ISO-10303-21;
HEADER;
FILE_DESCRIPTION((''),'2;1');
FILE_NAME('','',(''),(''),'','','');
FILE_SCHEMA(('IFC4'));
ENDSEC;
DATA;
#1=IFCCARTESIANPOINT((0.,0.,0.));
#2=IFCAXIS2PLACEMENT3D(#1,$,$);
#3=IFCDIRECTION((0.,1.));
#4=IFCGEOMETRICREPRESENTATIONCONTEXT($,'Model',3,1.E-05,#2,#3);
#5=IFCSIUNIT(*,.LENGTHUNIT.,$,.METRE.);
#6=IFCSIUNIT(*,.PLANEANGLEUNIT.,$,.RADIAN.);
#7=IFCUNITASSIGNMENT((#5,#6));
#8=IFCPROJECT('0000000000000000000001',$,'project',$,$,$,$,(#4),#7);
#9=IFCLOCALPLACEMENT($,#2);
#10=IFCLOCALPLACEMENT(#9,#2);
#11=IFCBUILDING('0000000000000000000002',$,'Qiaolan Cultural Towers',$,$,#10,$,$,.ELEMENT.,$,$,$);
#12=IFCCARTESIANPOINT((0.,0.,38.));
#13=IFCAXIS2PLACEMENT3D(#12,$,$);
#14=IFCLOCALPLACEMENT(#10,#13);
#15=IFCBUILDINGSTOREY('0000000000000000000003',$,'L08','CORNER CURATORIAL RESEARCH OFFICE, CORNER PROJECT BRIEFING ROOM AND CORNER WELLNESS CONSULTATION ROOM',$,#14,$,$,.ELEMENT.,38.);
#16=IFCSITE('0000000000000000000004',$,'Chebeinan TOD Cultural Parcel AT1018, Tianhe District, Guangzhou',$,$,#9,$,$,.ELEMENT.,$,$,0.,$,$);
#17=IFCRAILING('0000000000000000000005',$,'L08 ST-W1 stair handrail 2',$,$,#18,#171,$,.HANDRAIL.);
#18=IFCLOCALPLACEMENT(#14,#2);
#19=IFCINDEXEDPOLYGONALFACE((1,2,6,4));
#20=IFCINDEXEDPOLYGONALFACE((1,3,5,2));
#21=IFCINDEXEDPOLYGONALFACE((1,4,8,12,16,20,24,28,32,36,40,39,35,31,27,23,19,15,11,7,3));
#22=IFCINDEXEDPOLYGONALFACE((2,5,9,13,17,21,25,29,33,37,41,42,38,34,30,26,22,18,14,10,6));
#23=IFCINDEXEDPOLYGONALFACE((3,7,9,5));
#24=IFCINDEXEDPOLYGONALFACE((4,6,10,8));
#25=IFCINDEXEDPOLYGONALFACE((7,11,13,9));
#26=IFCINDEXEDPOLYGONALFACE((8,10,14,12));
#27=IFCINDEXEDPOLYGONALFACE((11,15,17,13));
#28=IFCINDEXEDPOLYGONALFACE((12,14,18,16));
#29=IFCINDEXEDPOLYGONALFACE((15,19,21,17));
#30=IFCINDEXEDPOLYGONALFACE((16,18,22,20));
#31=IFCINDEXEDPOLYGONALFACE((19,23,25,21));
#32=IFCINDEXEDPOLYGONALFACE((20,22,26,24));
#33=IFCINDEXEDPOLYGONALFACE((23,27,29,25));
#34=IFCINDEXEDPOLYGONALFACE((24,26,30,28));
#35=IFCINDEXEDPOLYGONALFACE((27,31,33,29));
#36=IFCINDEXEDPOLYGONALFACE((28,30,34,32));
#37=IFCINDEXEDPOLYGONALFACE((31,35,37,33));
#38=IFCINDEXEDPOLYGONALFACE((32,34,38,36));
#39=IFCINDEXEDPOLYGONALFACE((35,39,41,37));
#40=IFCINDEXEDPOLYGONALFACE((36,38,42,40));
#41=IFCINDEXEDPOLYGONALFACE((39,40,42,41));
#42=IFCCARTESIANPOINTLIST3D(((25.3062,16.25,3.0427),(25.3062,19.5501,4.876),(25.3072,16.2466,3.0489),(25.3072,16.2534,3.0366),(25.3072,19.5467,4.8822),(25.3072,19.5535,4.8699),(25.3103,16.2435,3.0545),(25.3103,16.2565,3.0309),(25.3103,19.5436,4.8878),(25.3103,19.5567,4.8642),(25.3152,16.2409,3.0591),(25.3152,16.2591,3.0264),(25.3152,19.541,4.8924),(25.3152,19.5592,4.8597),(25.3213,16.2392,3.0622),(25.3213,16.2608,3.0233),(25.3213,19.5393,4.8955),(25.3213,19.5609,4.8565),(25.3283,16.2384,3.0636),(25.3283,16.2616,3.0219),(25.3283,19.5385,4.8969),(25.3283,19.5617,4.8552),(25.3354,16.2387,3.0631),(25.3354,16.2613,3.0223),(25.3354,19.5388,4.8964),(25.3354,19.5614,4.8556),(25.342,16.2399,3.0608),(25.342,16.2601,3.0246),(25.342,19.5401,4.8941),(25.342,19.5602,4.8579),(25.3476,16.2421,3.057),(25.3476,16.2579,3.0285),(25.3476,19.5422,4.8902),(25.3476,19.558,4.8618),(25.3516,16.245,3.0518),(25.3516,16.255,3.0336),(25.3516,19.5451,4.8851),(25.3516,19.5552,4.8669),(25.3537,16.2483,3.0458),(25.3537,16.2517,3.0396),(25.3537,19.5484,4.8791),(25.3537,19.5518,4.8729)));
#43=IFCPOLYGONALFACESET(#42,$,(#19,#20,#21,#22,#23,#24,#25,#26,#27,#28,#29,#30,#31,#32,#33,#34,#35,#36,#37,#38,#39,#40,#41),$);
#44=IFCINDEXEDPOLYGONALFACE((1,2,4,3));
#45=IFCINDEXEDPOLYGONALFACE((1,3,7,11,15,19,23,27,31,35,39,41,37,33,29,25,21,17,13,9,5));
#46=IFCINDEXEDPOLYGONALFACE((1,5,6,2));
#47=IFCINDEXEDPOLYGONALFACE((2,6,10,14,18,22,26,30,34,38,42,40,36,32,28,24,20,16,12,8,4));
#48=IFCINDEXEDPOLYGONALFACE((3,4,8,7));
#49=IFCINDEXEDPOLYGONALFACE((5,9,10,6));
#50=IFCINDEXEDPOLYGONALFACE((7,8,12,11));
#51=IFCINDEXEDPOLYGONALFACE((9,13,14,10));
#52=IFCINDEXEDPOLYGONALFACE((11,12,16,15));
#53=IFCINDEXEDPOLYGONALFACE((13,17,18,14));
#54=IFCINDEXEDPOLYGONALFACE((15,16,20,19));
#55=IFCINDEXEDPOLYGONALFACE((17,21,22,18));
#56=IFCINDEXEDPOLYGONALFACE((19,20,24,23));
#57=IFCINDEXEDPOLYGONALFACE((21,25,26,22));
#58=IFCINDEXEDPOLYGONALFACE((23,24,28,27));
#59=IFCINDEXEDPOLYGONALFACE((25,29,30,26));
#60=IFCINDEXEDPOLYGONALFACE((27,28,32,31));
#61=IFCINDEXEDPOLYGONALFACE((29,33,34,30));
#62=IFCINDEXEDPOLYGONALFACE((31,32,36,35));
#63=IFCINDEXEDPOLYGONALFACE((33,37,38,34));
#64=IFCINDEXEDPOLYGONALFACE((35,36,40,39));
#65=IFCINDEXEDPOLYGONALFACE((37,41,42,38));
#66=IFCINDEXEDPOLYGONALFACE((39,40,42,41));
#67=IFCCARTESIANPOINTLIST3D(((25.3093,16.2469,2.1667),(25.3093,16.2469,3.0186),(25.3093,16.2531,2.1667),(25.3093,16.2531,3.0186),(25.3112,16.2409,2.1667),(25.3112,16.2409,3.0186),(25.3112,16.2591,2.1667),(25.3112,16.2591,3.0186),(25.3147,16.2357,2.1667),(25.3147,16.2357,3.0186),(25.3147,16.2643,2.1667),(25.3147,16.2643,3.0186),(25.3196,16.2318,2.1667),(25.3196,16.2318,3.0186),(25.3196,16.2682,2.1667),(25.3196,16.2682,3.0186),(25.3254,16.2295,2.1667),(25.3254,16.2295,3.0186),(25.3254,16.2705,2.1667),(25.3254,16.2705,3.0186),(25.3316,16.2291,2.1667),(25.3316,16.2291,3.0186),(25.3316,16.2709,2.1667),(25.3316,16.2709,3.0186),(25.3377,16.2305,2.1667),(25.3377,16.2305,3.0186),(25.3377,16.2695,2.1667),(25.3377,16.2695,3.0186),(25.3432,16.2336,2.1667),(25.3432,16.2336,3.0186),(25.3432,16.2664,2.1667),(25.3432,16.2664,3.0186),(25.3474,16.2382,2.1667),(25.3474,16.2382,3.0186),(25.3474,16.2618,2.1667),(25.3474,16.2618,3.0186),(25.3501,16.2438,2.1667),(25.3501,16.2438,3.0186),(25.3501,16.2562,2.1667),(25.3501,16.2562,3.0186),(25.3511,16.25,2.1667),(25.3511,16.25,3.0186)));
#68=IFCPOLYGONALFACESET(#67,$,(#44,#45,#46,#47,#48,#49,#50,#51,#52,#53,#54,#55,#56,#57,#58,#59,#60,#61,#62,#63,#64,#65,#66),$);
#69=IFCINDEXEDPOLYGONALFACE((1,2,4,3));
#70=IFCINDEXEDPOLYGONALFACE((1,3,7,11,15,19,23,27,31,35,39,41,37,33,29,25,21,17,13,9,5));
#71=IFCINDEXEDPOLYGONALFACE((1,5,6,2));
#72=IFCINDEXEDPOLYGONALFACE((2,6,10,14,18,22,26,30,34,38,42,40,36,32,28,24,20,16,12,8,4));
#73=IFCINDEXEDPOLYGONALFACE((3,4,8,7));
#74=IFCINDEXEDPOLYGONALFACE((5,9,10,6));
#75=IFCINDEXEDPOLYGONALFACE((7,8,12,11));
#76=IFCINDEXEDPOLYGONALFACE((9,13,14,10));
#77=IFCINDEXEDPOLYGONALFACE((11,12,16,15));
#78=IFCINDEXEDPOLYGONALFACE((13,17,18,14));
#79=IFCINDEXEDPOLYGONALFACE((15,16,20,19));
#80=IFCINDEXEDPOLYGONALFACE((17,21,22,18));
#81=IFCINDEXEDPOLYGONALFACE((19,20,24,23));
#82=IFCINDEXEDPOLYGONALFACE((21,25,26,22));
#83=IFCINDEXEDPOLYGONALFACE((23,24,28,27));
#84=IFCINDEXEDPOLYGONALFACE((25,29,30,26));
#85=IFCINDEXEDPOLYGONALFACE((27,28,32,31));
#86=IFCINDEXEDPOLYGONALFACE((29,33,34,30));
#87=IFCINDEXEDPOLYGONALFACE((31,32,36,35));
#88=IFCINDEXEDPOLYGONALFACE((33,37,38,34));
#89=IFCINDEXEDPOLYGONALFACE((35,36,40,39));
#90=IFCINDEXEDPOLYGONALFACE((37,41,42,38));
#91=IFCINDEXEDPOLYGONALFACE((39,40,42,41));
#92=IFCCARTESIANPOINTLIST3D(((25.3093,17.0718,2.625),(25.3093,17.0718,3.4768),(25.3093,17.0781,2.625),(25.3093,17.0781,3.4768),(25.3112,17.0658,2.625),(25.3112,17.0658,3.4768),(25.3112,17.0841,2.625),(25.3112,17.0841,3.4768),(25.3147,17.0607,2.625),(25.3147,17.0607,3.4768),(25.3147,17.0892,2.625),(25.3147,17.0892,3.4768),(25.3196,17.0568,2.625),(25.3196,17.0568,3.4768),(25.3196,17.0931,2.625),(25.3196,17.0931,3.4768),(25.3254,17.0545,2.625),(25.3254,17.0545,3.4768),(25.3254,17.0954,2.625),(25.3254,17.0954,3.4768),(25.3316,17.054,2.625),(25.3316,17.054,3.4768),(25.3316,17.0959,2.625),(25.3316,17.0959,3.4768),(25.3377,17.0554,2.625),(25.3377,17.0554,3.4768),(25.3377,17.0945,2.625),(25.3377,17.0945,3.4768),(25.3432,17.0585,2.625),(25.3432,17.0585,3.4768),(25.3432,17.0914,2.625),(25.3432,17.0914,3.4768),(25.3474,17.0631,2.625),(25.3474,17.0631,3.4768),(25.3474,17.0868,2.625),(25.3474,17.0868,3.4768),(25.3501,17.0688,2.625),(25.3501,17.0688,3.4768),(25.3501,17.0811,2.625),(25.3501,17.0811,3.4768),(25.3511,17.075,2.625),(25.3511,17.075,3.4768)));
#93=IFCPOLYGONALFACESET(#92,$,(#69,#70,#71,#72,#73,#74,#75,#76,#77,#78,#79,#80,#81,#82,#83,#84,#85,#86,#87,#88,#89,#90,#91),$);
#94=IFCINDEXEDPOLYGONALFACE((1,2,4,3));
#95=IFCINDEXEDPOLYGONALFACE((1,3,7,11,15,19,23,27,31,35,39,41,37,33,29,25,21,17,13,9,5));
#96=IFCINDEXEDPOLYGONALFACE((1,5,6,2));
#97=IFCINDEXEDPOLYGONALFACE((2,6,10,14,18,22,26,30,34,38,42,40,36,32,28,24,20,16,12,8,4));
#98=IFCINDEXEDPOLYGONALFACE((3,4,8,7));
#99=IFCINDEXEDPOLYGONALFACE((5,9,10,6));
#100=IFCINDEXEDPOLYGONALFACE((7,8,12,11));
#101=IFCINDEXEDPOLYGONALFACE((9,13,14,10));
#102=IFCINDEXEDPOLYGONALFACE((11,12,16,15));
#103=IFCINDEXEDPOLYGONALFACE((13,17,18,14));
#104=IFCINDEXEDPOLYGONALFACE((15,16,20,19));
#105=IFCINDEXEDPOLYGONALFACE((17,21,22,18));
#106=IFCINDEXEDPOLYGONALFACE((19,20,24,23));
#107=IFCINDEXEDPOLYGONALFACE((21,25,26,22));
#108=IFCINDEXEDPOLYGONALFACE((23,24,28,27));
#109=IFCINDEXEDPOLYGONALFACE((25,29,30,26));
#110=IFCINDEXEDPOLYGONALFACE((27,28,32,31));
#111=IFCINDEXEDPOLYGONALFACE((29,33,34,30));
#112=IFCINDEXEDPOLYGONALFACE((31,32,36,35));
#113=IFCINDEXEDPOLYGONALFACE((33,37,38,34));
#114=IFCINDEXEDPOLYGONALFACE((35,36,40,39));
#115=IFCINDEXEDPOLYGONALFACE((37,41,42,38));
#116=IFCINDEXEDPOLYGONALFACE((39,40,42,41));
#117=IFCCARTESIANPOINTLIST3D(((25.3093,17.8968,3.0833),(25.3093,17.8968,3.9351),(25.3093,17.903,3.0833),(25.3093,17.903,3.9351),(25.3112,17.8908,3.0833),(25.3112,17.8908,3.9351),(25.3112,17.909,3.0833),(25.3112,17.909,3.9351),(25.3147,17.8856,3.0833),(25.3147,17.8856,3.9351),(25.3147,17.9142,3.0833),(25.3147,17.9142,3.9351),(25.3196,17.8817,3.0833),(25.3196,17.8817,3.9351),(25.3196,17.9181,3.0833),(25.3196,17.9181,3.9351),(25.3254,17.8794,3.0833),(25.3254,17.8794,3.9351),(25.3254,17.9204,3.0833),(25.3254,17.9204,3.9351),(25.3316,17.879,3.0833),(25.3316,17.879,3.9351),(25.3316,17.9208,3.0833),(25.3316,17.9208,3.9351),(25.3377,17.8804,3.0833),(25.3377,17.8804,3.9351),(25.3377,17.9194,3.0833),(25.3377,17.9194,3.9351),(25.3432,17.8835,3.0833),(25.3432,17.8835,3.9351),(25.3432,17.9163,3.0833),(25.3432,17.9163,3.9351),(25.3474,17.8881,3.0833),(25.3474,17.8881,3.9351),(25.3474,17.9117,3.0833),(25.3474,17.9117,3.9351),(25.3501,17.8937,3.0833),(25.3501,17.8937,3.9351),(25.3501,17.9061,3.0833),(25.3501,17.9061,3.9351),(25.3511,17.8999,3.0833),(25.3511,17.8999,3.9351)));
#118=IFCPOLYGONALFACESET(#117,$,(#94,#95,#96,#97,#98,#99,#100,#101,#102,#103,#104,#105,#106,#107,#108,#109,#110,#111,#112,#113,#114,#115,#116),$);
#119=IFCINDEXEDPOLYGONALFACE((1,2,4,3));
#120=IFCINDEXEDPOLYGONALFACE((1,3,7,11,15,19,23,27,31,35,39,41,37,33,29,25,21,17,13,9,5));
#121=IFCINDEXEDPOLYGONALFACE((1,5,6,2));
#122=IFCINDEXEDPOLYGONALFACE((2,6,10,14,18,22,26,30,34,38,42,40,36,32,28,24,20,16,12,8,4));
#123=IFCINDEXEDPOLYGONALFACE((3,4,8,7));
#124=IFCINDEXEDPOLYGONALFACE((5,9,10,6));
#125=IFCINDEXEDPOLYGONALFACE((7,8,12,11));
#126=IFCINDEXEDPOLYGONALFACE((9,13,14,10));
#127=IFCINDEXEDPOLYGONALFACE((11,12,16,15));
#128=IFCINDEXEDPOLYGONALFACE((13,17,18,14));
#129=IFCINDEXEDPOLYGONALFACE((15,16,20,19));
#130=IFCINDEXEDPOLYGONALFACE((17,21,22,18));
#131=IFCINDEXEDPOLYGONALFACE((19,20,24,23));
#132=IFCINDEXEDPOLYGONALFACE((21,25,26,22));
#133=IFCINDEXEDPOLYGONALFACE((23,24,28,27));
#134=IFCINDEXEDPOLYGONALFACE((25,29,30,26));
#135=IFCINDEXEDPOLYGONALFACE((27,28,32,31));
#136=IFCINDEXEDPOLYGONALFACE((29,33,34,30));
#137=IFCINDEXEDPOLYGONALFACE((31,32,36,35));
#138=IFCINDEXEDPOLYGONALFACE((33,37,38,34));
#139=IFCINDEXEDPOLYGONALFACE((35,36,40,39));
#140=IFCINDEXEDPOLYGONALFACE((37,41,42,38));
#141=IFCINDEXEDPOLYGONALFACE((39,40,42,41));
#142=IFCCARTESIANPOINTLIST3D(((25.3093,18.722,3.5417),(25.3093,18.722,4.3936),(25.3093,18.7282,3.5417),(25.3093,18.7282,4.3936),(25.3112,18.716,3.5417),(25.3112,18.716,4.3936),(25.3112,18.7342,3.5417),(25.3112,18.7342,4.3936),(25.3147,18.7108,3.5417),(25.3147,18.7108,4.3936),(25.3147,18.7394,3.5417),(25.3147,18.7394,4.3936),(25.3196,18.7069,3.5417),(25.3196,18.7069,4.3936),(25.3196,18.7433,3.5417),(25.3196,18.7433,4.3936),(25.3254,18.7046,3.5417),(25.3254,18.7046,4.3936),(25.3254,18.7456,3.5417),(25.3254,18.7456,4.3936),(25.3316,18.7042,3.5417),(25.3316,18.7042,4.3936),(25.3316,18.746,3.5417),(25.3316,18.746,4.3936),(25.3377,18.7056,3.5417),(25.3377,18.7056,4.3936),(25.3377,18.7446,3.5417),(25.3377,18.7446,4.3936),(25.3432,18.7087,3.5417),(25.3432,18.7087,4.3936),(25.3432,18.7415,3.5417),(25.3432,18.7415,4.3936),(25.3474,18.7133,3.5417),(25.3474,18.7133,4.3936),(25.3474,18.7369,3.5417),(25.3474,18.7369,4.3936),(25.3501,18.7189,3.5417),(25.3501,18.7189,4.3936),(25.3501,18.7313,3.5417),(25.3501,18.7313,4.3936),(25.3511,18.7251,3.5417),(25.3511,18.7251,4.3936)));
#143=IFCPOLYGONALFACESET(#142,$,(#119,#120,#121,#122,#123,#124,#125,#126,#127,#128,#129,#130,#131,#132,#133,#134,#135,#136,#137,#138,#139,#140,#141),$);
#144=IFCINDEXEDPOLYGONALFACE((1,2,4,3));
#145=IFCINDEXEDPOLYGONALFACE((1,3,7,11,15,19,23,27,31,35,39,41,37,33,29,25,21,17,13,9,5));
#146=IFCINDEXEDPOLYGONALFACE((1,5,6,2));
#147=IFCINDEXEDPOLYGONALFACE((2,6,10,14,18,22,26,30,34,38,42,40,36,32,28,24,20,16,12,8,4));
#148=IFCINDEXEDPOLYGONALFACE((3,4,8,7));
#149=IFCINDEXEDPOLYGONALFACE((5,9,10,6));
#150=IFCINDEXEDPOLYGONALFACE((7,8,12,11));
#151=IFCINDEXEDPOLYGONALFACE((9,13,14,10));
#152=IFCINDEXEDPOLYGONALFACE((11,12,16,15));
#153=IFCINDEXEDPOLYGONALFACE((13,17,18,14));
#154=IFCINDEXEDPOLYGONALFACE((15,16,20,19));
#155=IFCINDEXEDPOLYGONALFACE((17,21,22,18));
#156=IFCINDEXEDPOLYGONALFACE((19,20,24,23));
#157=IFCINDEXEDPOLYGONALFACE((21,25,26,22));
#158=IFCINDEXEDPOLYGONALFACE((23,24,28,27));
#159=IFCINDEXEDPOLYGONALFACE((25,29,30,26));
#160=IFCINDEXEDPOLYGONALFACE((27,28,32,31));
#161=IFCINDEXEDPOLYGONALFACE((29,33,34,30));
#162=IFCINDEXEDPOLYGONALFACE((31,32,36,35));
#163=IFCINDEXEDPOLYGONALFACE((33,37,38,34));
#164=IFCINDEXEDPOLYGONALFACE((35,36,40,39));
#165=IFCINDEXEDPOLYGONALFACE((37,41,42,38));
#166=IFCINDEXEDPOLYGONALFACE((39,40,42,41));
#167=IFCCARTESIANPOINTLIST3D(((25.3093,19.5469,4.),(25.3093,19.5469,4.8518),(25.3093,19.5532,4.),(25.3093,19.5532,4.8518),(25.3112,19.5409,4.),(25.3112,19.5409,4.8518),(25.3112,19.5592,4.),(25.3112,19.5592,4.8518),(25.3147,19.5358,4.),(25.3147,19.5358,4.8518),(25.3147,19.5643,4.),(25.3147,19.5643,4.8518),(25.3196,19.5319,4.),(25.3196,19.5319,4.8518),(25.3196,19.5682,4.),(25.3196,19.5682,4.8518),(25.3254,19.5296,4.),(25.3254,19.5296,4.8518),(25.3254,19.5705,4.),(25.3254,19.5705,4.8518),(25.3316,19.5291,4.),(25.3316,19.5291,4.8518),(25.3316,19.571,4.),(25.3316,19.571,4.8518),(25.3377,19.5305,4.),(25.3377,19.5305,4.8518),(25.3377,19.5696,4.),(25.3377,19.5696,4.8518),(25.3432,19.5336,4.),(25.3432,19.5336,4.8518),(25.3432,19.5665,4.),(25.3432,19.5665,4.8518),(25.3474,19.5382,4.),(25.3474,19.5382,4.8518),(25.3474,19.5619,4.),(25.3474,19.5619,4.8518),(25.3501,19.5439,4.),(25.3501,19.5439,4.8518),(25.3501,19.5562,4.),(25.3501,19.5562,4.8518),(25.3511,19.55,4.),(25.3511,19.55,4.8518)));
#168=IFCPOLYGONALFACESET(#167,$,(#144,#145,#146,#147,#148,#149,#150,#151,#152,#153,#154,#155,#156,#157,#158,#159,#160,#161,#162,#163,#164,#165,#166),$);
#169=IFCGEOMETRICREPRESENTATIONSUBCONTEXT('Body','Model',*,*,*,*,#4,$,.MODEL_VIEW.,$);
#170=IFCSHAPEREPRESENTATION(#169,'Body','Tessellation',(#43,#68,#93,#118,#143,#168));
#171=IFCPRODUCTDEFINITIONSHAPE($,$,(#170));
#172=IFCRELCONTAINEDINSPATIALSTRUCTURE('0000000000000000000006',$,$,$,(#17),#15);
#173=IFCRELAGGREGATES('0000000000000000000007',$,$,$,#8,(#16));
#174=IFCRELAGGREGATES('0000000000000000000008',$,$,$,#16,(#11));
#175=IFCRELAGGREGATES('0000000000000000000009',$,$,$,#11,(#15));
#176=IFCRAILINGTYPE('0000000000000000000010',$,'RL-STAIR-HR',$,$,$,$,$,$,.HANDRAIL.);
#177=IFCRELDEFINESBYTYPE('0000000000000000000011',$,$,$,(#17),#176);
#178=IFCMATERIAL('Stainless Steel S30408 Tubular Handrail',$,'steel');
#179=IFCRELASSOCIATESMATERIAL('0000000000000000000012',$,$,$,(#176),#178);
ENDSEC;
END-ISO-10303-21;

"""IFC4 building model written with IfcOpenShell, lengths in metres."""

from ifc_helpers import new_model, si_unit, direction, frame, origin, origin_2d, place, context, subcontext, project, spatial, circle, extrude, material, type_object, element, save


model = new_model("IFC4")

# Units and contexts
model_context = context("Model", 3, precision=1e-05, world=origin(), true_north=direction((0.0, 1.0)))
body_context = subcontext(model_context, "Body", "Model", "MODEL_VIEW")
ifc_project = project(units=[si_unit("LENGTHUNIT", "METRE"), si_unit("PLANEANGLEUNIT", "RADIAN")], contexts=[model_context])

# Site, building, storey
site_placement = place(None, origin())
site = spatial("IfcSite", under=ifc_project, at=site_placement, Name="Chebeinan TOD Cultural Parcel AT1018, Tianhe District, Guangzhou", CompositionType="ELEMENT", RefElevation=0.0)
building_placement = place(site_placement, origin())
building = spatial("IfcBuilding", under=site, at=building_placement, Name="Qiaolan Cultural Towers", CompositionType="ELEMENT")
storey_placement = place(building_placement, frame((0.0, 0.0, 38.0)))
storey = spatial("IfcBuildingStorey", under=building, at=storey_placement, Name="L08", Description="CORNER CURATORIAL RESEARCH OFFICE, CORNER PROJECT BRIEFING ROOM AND CORNER WELLNESS CONSULTATION ROOM", CompositionType="ELEMENT", Elevation=38.0)

# Railing
ifc_material_1 = material(Name="Stainless Steel S30408 Tubular Handrail", Category="steel")
railing_type = type_object("IfcRailingType", Name="RL-STAIR-HR", PredefinedType="HANDRAIL", material=ifc_material_1)
railing_placement = place(storey_placement, frame((25.3301, 16.25, 2.1667)))
element("IfcRailing", 1, at=railing_placement, inside=storey, type_object=railing_type, Name="L08 ST-W1 stair handrail 2", PredefinedType="HANDRAIL", context=body_context, shape_type="SweptSolid", body=[
    extrude(circle(Radius=0.0239, at=origin_2d()), frame((0.0, 0.0, 0.876), z_axis=(0.0, 0.874169, 0.485621), x_axis=(-1.0, 0.0, 0.0)), (0.0, 0.0, 1.0), 3.7751),
    extrude(circle(Radius=0.021, at=origin_2d()), origin(), (0.0, 0.0, 1.0), 0.8518),
    extrude(circle(Radius=0.021, at=origin_2d()), frame((0.0, 0.825, 0.4583)), (0.0, 0.0, 1.0), 0.8518),
    extrude(circle(Radius=0.021, at=origin_2d()), frame((0.0, 1.6499, 0.9165)), (0.0, 0.0, 1.0), 0.8518),
    extrude(circle(Radius=0.021, at=origin_2d()), frame((0.0, 2.4751, 1.375)), (0.0, 0.0, 1.0), 0.8518),
    extrude(circle(Radius=0.021, at=origin_2d()), frame((0.0, 3.3, 1.8333)), (0.0, 0.0, 1.0), 0.8518),
])

save(model, "model.ifc")
